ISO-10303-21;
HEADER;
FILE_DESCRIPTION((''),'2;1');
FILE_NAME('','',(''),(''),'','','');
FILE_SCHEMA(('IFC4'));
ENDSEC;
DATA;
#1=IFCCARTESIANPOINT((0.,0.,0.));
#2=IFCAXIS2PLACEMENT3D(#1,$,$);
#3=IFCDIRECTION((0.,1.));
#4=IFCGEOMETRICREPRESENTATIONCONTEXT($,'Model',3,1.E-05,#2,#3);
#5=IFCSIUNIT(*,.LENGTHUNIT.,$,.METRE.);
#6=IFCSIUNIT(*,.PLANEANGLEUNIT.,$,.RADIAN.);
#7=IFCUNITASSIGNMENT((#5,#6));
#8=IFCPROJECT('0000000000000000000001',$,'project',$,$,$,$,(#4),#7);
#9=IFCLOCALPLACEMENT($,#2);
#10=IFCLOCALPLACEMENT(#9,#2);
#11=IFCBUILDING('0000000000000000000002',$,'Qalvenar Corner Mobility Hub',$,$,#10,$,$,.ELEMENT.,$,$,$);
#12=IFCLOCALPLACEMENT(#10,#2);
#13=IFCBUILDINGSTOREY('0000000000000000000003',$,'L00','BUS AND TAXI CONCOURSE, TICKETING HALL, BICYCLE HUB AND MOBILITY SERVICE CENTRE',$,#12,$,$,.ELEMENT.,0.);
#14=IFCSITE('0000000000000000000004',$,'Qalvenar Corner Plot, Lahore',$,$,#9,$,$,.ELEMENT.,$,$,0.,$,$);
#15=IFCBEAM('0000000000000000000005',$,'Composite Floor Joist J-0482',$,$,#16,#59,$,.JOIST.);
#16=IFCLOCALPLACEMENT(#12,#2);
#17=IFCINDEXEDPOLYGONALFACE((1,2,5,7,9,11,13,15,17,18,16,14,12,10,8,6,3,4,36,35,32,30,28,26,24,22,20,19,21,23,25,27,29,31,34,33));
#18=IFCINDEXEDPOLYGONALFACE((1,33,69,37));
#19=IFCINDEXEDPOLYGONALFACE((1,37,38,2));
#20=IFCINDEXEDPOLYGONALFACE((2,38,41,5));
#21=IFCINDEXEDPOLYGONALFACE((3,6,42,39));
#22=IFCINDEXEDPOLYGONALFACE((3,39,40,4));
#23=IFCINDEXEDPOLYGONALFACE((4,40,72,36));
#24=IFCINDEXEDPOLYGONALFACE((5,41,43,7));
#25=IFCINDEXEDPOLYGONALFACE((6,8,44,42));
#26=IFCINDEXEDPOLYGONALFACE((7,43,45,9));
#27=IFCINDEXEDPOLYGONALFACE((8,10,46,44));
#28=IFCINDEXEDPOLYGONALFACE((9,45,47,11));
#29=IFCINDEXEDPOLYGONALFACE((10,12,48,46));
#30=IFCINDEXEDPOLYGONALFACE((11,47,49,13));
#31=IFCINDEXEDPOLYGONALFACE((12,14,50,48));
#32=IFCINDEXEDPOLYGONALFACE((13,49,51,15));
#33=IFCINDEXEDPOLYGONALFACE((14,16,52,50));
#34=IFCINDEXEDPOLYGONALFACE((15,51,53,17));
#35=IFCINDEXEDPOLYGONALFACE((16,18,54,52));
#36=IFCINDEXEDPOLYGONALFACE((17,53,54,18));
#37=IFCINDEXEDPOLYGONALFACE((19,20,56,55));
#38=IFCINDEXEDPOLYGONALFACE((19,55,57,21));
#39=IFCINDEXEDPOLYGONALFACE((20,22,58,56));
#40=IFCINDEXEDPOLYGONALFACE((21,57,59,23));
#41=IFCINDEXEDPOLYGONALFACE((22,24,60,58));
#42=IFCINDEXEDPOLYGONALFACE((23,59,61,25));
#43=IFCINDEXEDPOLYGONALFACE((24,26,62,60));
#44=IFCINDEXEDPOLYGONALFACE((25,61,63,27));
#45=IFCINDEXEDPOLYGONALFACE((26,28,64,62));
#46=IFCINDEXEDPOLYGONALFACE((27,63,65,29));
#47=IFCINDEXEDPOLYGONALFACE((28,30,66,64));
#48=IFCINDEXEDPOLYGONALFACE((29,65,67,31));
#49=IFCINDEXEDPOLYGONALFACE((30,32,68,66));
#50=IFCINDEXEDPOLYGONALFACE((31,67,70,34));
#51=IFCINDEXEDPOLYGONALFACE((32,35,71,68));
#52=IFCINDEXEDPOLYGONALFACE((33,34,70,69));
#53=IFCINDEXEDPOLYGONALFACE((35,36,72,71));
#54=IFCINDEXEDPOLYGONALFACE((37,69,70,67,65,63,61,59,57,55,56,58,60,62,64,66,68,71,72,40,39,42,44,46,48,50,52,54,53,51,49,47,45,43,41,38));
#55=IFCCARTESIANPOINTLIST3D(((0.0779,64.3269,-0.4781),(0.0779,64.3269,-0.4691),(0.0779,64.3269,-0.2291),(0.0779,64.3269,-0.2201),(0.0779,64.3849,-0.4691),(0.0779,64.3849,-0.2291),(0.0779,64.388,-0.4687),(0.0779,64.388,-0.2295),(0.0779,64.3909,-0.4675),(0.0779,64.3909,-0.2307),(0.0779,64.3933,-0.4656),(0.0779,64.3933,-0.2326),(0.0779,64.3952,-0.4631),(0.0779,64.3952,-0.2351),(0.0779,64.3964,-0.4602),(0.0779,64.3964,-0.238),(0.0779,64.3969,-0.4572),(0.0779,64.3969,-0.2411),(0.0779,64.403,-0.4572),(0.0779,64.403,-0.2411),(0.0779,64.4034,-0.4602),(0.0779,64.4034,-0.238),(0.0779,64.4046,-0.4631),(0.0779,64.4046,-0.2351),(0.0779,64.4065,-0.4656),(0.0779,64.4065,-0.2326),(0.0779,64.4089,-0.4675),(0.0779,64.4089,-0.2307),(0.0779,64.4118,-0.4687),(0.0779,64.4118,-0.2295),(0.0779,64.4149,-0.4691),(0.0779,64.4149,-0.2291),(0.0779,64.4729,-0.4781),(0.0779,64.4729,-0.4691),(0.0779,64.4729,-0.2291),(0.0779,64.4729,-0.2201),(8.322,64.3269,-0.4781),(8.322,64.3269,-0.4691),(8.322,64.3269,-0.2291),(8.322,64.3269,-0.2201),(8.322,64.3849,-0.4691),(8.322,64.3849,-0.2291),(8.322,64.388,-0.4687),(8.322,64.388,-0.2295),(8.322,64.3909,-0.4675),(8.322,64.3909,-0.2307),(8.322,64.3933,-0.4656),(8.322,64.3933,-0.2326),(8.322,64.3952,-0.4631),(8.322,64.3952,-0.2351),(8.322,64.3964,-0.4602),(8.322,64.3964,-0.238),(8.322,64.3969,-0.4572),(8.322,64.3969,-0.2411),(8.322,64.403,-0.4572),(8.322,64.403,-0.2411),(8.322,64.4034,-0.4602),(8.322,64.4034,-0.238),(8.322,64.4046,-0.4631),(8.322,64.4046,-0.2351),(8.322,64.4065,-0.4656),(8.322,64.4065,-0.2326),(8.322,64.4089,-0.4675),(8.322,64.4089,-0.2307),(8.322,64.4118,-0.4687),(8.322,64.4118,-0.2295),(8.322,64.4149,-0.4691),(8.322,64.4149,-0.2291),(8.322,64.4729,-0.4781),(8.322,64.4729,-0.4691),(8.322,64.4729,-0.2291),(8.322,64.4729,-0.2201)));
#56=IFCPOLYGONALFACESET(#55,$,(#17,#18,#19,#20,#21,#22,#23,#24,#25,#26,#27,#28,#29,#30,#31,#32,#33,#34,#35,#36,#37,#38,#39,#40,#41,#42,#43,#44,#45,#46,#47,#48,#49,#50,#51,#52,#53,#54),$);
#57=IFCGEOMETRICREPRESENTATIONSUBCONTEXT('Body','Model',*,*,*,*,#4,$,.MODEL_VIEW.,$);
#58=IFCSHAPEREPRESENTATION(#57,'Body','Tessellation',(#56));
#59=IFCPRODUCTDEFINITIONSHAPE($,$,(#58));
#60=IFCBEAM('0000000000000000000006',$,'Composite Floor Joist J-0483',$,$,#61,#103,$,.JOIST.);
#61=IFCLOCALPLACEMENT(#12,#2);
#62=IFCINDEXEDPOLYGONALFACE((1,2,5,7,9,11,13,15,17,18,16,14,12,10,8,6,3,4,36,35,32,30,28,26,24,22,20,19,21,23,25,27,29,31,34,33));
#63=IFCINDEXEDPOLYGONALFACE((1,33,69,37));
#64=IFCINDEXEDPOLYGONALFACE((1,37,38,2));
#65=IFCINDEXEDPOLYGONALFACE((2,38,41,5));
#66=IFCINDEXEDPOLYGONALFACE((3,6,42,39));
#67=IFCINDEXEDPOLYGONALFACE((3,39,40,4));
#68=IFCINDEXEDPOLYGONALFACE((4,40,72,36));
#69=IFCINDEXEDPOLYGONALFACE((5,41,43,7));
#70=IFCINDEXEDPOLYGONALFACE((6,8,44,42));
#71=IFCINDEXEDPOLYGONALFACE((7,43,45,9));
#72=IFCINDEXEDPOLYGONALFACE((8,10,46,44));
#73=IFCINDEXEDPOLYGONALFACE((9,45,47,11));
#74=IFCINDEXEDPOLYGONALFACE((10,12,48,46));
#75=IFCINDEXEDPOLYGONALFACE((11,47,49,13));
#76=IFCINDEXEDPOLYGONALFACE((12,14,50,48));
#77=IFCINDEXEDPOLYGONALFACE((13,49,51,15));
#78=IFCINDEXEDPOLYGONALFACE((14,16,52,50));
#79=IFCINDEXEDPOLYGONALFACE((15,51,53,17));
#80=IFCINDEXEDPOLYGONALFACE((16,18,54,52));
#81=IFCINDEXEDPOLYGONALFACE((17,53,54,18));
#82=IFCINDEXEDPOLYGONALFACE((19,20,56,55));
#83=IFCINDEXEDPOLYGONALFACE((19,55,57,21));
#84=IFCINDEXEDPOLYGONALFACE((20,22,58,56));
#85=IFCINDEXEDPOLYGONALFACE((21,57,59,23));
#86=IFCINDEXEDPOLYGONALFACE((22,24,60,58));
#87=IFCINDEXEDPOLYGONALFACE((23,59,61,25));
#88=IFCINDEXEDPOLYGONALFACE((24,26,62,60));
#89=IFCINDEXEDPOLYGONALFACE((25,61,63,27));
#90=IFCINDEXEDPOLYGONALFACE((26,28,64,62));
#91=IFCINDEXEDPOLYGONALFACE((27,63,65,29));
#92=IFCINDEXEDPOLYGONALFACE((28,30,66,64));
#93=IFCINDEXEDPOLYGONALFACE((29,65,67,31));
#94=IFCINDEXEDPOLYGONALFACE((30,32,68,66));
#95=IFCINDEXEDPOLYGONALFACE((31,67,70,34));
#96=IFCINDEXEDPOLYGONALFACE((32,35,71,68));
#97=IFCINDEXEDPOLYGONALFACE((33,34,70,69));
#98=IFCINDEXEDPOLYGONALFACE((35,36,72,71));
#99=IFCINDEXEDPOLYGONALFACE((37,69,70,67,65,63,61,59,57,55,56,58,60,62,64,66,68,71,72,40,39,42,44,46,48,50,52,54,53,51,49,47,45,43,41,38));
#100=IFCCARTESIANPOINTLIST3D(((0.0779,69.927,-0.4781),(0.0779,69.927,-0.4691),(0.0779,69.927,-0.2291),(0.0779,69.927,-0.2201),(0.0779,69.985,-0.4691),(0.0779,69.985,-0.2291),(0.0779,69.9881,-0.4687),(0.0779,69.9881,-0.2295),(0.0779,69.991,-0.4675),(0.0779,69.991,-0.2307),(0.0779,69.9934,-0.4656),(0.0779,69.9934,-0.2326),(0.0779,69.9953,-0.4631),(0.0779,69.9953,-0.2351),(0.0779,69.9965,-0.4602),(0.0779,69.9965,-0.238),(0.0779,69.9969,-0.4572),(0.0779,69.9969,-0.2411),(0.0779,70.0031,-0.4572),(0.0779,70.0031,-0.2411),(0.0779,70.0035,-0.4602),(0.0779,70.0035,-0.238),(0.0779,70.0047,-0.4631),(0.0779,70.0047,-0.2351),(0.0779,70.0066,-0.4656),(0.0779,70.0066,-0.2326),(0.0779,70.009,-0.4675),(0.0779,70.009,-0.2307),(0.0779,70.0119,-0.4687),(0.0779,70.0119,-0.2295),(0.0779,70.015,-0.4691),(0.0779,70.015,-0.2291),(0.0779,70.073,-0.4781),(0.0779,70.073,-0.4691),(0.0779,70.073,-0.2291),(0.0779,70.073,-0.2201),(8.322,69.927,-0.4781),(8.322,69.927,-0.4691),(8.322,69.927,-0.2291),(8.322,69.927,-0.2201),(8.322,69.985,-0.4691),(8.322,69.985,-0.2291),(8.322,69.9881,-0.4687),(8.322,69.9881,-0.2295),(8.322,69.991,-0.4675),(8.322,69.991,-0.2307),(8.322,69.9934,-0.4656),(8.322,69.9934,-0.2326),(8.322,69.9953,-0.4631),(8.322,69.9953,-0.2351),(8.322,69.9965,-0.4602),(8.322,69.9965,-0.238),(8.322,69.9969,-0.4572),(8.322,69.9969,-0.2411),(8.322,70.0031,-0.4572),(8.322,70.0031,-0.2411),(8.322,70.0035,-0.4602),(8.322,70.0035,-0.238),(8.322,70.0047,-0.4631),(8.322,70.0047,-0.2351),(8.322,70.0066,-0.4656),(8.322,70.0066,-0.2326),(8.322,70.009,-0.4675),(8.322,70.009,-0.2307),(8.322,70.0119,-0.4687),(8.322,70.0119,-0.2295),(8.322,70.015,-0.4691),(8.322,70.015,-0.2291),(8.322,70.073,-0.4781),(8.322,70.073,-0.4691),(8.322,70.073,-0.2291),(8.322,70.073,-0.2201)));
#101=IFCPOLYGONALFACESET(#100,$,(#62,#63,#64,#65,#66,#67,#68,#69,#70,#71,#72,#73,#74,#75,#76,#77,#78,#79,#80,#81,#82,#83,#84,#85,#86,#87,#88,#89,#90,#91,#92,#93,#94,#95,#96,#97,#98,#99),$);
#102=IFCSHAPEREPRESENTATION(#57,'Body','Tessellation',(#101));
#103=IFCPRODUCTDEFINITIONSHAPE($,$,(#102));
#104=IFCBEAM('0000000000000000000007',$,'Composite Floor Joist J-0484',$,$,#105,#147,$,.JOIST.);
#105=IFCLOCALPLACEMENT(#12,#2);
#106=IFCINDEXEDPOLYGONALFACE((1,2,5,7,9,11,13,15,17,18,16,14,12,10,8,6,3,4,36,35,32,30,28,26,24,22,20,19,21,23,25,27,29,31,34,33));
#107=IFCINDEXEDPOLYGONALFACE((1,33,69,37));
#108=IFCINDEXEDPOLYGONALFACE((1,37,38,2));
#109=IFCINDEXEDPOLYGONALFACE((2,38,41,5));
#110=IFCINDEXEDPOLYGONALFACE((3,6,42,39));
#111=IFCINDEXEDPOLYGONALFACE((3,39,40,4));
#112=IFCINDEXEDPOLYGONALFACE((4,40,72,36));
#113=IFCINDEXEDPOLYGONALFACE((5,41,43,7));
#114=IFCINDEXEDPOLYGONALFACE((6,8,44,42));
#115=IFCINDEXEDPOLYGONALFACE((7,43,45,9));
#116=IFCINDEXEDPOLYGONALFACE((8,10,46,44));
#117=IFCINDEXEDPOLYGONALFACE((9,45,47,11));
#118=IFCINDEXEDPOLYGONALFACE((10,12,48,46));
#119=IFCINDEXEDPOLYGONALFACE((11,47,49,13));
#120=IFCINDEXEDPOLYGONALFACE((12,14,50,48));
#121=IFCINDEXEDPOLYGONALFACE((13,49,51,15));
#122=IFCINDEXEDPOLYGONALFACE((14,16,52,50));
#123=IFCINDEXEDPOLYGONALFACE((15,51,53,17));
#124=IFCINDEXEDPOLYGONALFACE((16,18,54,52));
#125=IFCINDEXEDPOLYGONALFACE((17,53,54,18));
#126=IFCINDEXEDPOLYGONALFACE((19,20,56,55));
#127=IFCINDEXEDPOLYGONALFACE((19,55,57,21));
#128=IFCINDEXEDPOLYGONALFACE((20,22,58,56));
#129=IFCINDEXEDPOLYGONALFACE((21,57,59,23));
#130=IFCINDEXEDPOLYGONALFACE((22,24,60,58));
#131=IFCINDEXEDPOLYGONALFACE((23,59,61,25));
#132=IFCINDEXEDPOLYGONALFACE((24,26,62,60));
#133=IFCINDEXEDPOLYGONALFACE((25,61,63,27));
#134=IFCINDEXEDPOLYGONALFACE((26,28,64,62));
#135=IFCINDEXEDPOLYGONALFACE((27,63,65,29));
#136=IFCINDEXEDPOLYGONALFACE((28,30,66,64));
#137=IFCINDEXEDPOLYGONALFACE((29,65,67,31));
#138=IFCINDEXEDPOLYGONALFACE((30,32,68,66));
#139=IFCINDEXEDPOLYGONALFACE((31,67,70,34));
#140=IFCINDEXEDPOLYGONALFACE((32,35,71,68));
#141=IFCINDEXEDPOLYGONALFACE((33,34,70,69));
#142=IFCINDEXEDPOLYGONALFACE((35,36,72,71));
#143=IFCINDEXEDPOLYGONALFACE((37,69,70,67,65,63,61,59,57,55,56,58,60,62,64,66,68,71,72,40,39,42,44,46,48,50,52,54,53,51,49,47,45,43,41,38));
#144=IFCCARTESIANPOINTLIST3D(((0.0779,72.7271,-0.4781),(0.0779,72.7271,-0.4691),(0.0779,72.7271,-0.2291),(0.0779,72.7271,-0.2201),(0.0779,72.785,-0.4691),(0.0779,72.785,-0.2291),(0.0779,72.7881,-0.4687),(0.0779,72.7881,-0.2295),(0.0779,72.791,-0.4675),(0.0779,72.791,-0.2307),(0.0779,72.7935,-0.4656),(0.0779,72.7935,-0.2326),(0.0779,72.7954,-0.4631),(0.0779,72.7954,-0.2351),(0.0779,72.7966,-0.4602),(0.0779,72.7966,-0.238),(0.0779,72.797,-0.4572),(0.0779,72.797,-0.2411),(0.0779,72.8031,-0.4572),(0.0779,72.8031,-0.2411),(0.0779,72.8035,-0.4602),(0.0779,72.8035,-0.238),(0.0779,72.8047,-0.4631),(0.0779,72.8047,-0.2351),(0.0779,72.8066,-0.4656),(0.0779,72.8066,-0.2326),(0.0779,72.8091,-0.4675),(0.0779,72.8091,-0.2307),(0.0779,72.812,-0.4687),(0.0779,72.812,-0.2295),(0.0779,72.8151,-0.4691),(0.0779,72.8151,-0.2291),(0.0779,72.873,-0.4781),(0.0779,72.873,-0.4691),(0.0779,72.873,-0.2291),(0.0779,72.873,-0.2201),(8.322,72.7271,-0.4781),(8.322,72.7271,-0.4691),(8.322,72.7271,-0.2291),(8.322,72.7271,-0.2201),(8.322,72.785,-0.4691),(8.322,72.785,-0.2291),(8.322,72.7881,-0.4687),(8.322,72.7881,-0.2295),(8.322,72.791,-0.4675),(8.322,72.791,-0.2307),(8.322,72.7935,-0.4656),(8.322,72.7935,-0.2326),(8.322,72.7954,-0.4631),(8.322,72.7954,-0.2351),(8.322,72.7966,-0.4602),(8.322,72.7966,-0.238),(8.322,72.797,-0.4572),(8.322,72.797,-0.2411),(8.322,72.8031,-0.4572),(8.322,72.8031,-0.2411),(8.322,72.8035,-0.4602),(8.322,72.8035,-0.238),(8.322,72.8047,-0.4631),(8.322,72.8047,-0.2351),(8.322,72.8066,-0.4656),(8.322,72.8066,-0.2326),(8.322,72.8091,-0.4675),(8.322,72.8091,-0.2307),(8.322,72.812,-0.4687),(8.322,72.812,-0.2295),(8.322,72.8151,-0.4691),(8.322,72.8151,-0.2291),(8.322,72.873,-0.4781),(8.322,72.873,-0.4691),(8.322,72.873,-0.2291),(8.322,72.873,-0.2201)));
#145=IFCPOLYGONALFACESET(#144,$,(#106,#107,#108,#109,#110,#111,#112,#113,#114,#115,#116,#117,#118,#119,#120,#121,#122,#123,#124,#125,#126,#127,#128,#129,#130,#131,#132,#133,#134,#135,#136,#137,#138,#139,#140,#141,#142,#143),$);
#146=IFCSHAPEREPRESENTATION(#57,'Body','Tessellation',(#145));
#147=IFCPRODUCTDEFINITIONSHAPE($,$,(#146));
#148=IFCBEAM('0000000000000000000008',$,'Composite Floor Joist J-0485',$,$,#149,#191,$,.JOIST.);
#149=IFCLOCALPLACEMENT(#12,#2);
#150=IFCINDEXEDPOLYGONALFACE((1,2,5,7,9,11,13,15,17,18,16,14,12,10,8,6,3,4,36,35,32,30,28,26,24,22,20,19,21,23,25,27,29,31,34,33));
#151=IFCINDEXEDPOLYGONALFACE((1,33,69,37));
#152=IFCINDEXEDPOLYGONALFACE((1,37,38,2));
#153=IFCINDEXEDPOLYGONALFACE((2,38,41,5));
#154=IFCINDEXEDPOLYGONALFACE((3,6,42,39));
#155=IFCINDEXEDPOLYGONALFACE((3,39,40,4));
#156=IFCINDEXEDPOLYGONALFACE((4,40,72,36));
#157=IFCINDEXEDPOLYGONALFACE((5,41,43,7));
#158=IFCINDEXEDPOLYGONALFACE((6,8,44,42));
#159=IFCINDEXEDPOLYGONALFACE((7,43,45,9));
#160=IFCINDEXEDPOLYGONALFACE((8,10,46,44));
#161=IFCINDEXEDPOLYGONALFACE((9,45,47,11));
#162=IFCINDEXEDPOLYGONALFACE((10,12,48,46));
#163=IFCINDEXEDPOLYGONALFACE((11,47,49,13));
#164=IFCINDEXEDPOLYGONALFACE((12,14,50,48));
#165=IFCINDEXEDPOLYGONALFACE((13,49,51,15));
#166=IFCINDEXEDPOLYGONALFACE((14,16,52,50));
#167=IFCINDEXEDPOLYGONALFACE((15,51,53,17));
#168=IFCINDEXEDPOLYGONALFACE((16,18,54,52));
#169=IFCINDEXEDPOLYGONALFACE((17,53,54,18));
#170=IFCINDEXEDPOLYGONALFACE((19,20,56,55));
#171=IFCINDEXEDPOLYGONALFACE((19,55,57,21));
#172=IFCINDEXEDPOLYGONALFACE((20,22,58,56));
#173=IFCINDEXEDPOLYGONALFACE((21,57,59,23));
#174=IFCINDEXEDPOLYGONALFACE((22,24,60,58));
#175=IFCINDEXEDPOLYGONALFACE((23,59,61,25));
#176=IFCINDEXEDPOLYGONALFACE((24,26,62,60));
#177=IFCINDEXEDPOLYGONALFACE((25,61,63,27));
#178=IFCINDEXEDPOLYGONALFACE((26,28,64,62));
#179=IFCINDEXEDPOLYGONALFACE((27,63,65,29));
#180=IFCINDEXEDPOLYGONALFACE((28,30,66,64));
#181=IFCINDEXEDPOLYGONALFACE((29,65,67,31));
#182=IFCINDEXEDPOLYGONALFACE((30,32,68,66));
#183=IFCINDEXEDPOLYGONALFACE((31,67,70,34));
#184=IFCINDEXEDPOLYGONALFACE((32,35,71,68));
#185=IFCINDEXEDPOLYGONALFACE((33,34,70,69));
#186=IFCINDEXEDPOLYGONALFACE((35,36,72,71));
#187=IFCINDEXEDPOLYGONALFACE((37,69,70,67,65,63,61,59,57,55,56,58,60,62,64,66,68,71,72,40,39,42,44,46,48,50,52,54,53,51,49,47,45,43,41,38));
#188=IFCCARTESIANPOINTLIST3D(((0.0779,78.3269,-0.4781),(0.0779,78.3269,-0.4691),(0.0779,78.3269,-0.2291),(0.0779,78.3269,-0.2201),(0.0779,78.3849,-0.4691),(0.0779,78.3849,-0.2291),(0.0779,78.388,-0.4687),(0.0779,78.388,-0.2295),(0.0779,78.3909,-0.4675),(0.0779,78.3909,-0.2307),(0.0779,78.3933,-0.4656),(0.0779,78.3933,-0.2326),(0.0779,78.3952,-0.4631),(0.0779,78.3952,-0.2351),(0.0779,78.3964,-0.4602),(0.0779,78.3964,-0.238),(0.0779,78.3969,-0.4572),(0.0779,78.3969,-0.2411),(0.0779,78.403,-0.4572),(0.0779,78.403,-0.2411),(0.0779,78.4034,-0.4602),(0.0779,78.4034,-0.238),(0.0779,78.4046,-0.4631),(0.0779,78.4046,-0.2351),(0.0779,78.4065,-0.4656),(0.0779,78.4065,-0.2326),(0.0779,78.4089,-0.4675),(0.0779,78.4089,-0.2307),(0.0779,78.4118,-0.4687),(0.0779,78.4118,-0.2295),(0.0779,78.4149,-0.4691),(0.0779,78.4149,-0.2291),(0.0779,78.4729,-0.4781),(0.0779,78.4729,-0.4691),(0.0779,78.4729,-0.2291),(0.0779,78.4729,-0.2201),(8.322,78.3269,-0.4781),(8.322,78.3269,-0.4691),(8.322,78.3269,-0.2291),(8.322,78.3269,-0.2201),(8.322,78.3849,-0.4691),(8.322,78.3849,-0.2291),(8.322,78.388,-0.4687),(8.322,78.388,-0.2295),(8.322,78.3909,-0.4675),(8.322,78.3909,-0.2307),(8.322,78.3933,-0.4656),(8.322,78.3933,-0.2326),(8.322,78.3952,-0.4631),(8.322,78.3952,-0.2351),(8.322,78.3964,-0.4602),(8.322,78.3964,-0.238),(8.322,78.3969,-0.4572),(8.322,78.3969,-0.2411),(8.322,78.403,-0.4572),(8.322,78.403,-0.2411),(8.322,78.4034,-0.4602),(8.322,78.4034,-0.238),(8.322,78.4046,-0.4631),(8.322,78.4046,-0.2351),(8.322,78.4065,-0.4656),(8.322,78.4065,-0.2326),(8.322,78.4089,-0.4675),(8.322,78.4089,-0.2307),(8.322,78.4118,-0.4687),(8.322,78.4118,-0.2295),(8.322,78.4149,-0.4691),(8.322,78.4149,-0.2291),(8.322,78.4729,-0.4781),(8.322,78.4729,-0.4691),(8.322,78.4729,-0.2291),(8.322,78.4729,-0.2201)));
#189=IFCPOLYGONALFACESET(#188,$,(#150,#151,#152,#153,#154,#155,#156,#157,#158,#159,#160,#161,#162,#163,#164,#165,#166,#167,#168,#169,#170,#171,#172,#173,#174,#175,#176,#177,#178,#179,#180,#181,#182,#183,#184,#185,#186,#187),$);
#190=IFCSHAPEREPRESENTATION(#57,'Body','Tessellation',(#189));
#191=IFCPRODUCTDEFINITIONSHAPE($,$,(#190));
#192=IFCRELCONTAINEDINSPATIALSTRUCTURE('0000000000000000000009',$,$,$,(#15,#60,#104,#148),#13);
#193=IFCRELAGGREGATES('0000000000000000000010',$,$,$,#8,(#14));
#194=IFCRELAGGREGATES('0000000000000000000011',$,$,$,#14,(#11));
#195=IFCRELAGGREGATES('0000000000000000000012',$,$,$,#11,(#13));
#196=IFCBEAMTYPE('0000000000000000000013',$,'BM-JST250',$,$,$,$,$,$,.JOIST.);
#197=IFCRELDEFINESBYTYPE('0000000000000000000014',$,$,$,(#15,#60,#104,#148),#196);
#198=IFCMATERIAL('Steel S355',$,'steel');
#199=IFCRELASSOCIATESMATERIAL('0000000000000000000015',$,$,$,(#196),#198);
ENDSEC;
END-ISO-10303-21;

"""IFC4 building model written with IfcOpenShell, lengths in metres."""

from ifc_helpers import new_model, si_unit, direction, frame, origin, origin_2d, place, context, subcontext, project, spatial, i_section, extrude, material, material_profile, profile_set, type_object, element, save


model = new_model("IFC4")

# Units and contexts
model_context = context("Model", 3, precision=1e-05, world=origin(), true_north=direction((0.0, 1.0)))
body_context = subcontext(model_context, "Body", "Model", "MODEL_VIEW")
ifc_project = project(units=[si_unit("LENGTHUNIT", "METRE"), si_unit("PLANEANGLEUNIT", "RADIAN")], contexts=[model_context])

# Site, building, storey
site_placement = place(None, origin())
site = spatial("IfcSite", under=ifc_project, at=site_placement, Name="Qalvenar Corner Plot, Lahore", CompositionType="ELEMENT", RefElevation=0.0)
building_placement = place(site_placement, origin())
building = spatial("IfcBuilding", under=site, at=building_placement, Name="Qalvenar Corner Mobility Hub", CompositionType="ELEMENT")
storey_placement = place(building_placement, origin())
storey = spatial("IfcBuildingStorey", under=building, at=storey_placement, Name="L00", Description="BUS AND TAXI CONCOURSE, TICKETING HALL, BICYCLE HUB AND MOBILITY SERVICE CENTRE", CompositionType="ELEMENT", Elevation=0.0)

# Shared definitions
ifc_material_1 = material(Name="Steel S355", Category="steel")

# Beams
ifc_material_profile_1 = material_profile(ifc_material_1, i_section(OverallWidth=0.146, OverallDepth=0.2581, WebThickness=0.0061, FlangeThickness=0.009, FilletRadius=0.012, at=origin_2d()), Name="W250x32.7")
ifc_profile_set_1 = profile_set([ifc_material_profile_1], Name="Steel S355")
beam_type_1 = type_object("IfcBeamType", Name="BM-JST250", PredefinedType="JOIST", material=ifc_profile_set_1)
for number, where, z_axis, x_axis, name in (
    (1, (0.0779, 64.3999, -0.3491), (1.0, 0.0, 0.0), (0.0, 1.0, 0.0), "Composite Floor Joist J-0482"),
    (2, (0.0779, 70.0, -0.3491), (1.0, 0.0, 0.0), (0.0, 1.0, 0.0), "Composite Floor Joist J-0483"),
    (3, (0.0779, 72.8, -0.3491), (1.0, 0.0, 0.0), (0.0, 1.0, 0.0), "Composite Floor Joist J-0484"),
    (4, (0.0779, 78.3999, -0.3491), (1.0, 0.0, 0.0), (0.0, 1.0, 0.0), "Composite Floor Joist J-0485"),
):
    element("IfcBeam", number, at=place(storey_placement, frame(where, z_axis=z_axis, x_axis=x_axis)), inside=storey, type_object=beam_type_1, Name=name, PredefinedType="JOIST", context=body_context, shape_type="SweptSolid", body=[
        extrude(i_section(OverallWidth=0.146, OverallDepth=0.2581, WebThickness=0.0061, FlangeThickness=0.009, FilletRadius=0.012, at=origin_2d()), origin(), (0.0, 0.0, 1.0), 8.2441),
    ])

save(model, "model.ifc")
